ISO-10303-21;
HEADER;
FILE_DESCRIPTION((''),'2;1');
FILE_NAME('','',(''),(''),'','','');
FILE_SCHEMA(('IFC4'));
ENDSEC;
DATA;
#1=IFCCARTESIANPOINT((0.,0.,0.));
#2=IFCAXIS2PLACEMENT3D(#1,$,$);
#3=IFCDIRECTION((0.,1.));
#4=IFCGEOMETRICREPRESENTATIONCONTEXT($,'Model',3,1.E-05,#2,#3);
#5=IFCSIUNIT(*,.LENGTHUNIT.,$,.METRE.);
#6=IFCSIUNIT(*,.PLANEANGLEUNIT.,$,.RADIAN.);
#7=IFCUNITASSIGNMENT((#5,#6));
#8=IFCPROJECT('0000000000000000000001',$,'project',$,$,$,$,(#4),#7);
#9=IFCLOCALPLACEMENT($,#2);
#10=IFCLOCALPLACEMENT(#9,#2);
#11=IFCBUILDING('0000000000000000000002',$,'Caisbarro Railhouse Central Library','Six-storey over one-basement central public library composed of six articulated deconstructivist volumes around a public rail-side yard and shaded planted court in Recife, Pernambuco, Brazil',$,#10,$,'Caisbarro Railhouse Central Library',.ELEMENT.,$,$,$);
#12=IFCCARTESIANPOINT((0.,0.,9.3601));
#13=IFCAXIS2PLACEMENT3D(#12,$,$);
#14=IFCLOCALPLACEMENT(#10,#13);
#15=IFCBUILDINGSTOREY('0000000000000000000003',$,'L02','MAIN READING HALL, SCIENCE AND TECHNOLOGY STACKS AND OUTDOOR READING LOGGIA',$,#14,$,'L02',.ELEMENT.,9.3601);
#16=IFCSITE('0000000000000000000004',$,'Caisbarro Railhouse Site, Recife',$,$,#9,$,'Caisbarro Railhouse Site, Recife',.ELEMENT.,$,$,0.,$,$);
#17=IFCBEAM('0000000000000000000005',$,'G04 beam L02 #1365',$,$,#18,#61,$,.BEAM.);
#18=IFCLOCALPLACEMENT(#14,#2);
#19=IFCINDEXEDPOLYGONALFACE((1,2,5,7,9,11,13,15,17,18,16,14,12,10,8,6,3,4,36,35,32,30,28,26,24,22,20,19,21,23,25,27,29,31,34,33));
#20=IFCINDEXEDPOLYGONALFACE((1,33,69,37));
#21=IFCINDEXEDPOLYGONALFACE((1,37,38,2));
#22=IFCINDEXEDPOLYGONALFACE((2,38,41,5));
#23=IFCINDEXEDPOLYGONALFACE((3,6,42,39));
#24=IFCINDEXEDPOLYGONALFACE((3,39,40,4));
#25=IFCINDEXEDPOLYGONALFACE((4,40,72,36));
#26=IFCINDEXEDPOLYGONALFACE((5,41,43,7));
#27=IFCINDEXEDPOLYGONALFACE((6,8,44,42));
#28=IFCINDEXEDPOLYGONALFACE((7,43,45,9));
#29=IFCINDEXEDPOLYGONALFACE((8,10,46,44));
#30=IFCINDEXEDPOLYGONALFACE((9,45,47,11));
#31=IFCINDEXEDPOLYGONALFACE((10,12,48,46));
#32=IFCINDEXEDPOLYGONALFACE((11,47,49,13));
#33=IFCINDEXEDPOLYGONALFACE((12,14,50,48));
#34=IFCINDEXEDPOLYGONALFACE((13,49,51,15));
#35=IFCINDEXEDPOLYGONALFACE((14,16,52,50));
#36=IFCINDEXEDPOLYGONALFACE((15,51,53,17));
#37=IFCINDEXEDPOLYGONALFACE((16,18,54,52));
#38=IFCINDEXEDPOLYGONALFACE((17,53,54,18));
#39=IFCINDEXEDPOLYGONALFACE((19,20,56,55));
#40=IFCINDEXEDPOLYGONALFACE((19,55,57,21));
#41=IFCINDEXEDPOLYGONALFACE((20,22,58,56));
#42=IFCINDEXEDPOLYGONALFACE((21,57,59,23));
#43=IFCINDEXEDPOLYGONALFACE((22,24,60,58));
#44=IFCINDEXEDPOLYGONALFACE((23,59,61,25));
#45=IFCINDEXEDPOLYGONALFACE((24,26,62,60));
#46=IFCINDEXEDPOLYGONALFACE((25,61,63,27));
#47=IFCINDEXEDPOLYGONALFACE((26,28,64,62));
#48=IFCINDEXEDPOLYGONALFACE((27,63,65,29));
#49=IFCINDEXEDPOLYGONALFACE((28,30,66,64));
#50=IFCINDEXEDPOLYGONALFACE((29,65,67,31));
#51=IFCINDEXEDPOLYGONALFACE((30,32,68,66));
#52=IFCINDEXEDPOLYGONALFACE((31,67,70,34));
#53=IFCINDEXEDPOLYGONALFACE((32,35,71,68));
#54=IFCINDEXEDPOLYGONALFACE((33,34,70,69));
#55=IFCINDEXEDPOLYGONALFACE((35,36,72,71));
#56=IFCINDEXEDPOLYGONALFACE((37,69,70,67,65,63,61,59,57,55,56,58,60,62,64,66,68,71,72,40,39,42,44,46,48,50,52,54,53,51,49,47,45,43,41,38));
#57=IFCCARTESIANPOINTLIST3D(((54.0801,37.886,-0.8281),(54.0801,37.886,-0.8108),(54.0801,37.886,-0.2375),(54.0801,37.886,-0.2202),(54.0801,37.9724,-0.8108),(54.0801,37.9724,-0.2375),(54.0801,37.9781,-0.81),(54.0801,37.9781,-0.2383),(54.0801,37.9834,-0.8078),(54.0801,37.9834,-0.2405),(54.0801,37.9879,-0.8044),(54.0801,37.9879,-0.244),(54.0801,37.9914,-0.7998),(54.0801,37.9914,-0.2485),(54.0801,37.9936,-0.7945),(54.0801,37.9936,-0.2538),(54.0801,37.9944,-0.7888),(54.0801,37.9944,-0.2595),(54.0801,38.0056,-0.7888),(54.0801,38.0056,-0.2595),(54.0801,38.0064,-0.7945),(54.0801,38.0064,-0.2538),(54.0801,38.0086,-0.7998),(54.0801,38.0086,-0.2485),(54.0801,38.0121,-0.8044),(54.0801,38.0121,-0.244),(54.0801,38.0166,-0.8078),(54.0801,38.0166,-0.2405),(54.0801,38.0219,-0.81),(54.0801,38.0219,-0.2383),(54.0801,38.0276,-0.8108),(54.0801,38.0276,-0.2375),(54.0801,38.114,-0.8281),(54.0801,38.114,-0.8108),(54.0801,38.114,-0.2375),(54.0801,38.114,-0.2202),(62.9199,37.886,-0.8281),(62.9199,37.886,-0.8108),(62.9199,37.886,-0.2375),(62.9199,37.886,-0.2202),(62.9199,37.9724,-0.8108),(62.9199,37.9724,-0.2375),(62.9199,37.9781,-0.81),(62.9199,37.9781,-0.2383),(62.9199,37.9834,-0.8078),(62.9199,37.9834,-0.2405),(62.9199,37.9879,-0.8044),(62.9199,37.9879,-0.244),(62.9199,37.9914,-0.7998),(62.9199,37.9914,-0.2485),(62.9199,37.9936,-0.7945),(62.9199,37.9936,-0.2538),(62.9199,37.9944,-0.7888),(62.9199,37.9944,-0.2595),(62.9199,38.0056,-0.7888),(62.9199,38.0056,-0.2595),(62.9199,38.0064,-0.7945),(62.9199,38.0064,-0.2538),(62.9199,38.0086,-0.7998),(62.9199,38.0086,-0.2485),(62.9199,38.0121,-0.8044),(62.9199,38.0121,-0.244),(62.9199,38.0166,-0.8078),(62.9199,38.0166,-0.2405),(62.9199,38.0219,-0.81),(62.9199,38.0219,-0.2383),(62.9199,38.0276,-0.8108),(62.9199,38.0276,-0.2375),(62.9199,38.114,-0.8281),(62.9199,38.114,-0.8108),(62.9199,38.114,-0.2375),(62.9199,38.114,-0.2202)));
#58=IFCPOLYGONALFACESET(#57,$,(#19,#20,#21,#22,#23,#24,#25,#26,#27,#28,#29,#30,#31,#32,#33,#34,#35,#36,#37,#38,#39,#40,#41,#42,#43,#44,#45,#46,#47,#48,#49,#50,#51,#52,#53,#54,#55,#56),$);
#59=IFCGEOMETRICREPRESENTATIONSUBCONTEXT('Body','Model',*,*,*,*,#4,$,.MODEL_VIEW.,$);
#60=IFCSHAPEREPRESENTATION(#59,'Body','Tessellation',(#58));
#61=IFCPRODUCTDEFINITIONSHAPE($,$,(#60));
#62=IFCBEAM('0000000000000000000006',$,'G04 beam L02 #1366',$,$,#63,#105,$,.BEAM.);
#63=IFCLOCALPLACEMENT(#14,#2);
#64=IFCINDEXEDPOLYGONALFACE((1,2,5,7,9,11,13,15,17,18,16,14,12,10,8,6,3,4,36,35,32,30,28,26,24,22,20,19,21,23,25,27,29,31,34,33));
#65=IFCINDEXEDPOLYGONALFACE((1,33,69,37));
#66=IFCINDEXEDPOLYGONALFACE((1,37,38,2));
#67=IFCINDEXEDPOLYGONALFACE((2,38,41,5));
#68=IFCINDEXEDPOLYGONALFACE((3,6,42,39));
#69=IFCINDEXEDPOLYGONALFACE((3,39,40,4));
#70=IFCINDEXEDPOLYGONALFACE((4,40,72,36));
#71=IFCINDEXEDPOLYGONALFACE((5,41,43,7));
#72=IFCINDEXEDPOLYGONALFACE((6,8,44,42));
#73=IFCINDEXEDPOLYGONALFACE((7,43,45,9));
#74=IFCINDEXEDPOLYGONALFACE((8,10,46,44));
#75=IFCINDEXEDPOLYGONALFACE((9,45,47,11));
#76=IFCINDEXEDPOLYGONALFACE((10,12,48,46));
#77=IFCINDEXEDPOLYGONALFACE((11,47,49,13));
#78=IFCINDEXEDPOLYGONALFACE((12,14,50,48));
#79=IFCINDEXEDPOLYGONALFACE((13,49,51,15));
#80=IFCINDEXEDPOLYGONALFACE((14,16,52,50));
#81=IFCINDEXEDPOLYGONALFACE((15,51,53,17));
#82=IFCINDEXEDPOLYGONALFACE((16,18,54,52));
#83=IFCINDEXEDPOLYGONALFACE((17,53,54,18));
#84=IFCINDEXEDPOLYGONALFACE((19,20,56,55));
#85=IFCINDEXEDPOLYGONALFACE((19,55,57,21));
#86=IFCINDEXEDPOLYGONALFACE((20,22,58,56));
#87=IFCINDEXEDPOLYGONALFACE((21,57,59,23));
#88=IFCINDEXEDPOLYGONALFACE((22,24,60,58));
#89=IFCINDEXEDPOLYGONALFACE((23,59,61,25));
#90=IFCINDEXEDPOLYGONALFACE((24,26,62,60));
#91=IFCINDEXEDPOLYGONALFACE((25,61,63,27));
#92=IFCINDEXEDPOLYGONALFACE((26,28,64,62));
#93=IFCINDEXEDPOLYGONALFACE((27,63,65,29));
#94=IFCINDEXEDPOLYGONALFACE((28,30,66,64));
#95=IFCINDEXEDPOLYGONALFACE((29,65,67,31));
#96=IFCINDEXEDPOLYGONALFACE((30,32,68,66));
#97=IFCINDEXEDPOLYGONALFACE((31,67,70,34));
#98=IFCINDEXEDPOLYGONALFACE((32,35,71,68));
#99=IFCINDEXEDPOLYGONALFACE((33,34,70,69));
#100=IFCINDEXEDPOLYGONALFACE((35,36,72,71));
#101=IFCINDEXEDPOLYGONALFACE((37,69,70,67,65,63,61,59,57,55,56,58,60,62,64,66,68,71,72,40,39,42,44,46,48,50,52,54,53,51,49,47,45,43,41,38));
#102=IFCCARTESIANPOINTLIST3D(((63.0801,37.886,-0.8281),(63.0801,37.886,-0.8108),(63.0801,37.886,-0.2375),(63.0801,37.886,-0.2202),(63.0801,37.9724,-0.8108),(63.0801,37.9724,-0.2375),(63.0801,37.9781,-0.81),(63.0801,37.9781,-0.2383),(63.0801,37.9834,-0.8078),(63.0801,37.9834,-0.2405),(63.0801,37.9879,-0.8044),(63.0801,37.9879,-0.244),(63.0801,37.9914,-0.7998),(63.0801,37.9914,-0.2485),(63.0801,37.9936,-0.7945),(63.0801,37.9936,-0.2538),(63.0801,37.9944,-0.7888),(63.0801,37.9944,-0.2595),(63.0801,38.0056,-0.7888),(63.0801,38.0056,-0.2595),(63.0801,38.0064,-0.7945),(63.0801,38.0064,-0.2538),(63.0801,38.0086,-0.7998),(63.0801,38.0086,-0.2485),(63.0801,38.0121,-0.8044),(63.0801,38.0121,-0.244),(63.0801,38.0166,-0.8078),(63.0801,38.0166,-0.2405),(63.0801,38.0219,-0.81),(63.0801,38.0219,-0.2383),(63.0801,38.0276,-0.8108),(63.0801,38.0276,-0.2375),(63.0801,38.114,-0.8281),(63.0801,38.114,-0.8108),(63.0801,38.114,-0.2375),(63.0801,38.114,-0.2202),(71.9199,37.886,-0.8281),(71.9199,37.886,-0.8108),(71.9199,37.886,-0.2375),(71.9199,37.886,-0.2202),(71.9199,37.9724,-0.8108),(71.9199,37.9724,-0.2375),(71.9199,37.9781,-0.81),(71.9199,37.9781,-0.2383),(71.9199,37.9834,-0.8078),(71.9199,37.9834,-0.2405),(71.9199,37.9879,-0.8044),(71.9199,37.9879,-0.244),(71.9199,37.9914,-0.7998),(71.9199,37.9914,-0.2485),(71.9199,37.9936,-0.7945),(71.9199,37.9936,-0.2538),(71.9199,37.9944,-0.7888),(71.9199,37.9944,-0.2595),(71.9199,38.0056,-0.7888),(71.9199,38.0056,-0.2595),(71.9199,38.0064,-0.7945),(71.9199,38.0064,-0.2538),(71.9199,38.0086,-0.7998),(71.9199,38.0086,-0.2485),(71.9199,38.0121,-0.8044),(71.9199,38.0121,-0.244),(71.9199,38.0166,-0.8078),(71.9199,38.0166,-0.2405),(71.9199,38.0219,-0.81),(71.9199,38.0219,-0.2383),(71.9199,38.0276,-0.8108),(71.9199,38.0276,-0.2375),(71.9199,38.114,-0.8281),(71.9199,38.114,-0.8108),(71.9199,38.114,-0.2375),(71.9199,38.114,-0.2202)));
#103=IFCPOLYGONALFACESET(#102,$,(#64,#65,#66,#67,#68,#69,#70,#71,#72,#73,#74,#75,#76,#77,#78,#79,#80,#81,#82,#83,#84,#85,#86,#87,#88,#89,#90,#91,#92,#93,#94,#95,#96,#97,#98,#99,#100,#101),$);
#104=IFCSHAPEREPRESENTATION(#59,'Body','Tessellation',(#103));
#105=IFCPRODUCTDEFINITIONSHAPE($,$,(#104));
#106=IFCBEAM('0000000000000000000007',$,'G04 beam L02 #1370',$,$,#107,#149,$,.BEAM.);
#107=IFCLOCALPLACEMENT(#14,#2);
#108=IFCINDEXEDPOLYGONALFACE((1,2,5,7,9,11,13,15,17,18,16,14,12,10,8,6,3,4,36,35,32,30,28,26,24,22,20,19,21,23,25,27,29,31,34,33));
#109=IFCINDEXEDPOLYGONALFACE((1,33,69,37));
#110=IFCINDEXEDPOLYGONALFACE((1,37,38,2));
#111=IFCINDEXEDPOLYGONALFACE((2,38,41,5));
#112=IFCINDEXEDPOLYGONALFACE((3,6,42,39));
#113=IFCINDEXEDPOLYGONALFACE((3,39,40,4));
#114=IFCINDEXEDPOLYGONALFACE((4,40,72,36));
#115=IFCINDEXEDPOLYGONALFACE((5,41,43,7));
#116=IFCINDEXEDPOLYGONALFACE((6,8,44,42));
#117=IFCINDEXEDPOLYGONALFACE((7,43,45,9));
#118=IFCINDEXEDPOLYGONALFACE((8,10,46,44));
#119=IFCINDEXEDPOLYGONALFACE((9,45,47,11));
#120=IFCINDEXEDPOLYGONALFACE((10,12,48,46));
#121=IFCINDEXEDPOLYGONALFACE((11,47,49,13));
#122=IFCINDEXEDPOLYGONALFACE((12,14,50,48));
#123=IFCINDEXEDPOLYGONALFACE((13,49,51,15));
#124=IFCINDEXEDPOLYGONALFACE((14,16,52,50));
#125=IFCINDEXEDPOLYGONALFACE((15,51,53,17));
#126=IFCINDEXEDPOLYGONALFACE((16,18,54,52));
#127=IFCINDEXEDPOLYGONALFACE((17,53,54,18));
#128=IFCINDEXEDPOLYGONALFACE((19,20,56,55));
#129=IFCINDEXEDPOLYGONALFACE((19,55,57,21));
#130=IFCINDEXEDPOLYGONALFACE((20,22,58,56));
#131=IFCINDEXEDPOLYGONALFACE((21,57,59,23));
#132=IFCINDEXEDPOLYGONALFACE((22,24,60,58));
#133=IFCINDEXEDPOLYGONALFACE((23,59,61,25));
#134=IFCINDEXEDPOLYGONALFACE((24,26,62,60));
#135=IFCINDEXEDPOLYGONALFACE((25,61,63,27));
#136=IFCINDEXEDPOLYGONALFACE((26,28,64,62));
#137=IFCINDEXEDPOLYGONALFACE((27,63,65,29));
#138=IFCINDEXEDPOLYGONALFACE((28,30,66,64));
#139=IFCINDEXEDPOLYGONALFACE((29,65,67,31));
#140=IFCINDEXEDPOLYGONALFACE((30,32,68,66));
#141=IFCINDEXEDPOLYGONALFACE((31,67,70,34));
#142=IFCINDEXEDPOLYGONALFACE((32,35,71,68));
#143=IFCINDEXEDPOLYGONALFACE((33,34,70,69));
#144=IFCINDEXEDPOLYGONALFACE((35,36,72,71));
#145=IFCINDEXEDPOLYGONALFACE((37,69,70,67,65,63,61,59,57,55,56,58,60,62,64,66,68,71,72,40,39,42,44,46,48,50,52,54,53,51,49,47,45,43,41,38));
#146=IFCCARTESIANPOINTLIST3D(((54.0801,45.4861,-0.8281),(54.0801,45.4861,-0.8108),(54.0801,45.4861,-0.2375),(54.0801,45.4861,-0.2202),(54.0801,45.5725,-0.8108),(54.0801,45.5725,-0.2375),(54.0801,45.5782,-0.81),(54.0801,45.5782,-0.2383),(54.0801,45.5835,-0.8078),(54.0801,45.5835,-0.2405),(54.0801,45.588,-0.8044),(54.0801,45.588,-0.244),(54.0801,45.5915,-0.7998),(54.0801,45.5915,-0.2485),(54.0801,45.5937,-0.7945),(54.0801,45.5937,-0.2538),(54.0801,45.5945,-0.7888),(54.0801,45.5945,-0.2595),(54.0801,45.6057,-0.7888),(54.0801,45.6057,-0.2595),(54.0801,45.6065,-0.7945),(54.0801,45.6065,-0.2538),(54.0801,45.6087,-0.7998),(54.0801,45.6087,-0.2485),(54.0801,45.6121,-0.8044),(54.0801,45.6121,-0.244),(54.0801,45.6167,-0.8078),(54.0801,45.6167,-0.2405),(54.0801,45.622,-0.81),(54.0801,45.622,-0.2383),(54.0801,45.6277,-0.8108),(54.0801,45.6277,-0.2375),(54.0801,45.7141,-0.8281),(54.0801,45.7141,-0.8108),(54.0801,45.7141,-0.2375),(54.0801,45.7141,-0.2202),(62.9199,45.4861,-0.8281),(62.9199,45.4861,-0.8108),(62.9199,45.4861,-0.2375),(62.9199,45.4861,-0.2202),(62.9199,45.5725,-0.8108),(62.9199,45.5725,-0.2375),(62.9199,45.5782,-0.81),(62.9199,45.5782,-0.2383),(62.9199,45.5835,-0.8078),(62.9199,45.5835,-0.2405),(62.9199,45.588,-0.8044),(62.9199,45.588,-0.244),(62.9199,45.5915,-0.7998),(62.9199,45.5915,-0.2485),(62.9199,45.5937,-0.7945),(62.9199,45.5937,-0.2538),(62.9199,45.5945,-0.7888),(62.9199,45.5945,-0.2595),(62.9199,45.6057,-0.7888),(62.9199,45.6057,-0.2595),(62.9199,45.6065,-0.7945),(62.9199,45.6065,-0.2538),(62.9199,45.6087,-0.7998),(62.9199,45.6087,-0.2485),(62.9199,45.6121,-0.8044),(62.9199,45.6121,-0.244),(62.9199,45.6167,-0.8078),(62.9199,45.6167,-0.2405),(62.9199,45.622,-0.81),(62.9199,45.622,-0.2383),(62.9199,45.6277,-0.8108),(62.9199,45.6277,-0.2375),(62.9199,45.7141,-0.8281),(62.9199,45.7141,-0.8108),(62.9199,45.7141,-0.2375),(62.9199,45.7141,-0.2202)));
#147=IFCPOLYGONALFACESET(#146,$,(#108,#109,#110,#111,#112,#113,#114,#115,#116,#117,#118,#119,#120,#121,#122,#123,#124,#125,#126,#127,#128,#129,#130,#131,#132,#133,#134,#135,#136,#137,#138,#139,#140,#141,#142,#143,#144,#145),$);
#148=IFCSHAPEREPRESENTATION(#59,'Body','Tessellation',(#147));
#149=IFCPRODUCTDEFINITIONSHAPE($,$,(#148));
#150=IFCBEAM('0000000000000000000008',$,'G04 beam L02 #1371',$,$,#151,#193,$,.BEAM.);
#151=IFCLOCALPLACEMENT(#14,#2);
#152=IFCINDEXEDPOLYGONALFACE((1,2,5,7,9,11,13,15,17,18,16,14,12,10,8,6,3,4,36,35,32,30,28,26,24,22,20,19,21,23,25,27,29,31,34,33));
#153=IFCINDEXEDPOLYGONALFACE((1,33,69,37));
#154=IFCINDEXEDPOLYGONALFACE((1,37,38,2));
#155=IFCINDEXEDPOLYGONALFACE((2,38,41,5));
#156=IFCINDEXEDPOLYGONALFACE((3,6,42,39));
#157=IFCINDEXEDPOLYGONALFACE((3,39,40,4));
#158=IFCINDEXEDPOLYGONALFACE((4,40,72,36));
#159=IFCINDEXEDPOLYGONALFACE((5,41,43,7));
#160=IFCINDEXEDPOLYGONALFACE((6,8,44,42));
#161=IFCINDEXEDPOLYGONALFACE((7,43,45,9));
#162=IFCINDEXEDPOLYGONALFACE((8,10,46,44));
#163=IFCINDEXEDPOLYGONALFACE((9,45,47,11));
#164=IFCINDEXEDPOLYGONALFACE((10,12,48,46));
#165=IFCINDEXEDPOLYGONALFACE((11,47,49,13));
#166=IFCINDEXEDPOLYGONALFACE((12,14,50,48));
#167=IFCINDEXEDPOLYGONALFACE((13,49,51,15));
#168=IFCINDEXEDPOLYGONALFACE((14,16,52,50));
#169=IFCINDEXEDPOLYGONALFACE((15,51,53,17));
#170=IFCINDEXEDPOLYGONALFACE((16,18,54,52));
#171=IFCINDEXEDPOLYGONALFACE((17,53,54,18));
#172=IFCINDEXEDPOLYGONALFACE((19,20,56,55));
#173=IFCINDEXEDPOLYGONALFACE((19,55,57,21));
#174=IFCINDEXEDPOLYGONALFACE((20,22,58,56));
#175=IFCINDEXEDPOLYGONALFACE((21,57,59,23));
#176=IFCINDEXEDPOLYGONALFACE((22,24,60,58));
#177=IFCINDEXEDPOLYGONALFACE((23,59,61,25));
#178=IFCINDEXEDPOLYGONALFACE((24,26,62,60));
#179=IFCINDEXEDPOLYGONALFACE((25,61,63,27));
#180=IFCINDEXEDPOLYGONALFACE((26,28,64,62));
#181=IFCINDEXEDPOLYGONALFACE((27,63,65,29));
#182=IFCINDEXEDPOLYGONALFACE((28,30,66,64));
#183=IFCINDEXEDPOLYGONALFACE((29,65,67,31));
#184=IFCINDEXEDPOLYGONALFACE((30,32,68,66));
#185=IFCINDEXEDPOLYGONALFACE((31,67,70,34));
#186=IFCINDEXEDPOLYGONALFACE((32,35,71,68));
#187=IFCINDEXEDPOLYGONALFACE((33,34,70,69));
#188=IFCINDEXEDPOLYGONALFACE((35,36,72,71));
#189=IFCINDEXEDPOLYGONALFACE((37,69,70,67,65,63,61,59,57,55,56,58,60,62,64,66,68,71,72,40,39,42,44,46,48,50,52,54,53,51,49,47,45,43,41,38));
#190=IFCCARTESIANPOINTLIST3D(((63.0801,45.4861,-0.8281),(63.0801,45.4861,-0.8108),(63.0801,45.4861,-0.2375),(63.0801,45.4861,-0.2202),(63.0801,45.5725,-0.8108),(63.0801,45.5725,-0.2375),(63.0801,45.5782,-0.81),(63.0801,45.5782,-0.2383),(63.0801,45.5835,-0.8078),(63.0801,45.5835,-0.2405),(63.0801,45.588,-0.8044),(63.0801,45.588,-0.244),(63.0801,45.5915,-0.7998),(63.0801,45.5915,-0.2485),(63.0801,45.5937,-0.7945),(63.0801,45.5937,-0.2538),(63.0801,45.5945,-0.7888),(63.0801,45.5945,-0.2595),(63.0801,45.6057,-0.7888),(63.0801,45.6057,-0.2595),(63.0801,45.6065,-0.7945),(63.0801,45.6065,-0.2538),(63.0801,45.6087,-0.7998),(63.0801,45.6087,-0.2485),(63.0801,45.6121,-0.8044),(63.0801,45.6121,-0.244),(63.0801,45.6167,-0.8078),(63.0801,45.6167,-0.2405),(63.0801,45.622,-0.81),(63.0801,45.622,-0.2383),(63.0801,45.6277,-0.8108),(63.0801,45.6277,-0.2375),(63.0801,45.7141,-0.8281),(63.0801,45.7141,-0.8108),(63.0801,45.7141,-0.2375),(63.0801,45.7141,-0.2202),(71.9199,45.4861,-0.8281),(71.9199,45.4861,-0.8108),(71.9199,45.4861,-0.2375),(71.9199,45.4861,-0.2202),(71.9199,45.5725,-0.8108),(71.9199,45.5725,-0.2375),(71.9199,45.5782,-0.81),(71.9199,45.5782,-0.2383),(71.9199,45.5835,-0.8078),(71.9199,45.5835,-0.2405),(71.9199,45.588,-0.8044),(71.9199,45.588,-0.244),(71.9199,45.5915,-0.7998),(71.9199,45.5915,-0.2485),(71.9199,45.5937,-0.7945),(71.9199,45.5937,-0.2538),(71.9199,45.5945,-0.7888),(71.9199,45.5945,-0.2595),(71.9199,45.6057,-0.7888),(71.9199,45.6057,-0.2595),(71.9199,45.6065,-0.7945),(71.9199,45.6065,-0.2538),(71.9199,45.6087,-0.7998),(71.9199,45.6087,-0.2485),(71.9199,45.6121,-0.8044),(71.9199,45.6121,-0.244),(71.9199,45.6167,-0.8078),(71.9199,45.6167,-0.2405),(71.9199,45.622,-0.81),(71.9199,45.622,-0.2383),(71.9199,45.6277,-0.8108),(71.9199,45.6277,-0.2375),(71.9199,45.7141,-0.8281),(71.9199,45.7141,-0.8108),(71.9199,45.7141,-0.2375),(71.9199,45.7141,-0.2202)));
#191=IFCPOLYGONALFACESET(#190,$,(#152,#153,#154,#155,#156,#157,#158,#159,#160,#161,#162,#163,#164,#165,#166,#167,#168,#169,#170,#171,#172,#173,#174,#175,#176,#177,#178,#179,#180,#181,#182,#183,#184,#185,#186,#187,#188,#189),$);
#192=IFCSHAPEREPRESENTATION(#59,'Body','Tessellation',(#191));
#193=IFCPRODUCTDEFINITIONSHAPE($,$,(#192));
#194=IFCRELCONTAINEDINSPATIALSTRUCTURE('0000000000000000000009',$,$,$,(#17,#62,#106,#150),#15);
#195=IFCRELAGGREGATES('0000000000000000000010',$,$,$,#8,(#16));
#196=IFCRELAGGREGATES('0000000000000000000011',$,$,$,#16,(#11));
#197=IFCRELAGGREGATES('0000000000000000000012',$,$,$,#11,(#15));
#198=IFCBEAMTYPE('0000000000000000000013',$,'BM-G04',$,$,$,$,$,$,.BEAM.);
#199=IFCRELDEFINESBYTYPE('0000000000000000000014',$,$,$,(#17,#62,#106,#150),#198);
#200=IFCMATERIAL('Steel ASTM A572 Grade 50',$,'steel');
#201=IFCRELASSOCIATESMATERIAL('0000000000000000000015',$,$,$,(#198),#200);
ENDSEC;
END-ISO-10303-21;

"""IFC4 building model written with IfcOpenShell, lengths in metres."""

from ifc_helpers import new_model, si_unit, direction, frame, origin, origin_2d, place, context, subcontext, project, spatial, i_section, extrude, material, material_profile, profile_set, type_object, element, save


model = new_model("IFC4")

# Units and contexts
model_context = context("Model", 3, precision=1e-05, world=origin(), true_north=direction((0.0, 1.0)))
body_context = subcontext(model_context, "Body", "Model", "MODEL_VIEW")
ifc_project = project(units=[si_unit("LENGTHUNIT", "METRE"), si_unit("PLANEANGLEUNIT", "RADIAN")], contexts=[model_context])

# Site, building, storey
site_placement = place(None, origin())
site = spatial("IfcSite", under=ifc_project, at=site_placement, Name="Caisbarro Railhouse Site, Recife", LongName="Caisbarro Railhouse Site, Recife", CompositionType="ELEMENT", RefElevation=0.0)
building_placement = place(site_placement, origin())
building = spatial("IfcBuilding", under=site, at=building_placement, Name="Caisbarro Railhouse Central Library", Description="Six-storey over one-basement central public library composed of six articulated deconstructivist volumes around a public rail-side yard and shaded planted court in Recife, Pernambuco, Brazil", LongName="Caisbarro Railhouse Central Library", CompositionType="ELEMENT")
storey_placement = place(building_placement, frame((0.0, 0.0, 9.3601)))
storey = spatial("IfcBuildingStorey", under=building, at=storey_placement, Name="L02", Description="MAIN READING HALL, SCIENCE AND TECHNOLOGY STACKS AND OUTDOOR READING LOGGIA", LongName="L02", CompositionType="ELEMENT", Elevation=9.3601)

# Beams
ifc_material_1 = material(Name="Steel ASTM A572 Grade 50", Category="steel")
ifc_material_profile_1 = material_profile(ifc_material_1, i_section(OverallWidth=0.228, OverallDepth=0.6079, WebThickness=0.0112, FlangeThickness=0.0173, FilletRadius=0.022, at=origin_2d()), Name="W610X113.0")
ifc_profile_set_1 = profile_set([ifc_material_profile_1], Name="Steel ASTM A572 Grade 50")
beam_type_1 = type_object("IfcBeamType", Name="BM-G04", PredefinedType="BEAM", material=ifc_profile_set_1)
for number, where, z_axis, x_axis, name in (
    (1, (54.0801, 38.0, -0.5242), (1.0, 0.0, 0.0), (0.0, 1.0, 0.0), "G04 beam L02 #1365"),
    (2, (63.0801, 38.0, -0.5242), (1.0, 0.0, 0.0), (0.0, 1.0, 0.0), "G04 beam L02 #1366"),
    (3, (54.0801, 45.6001, -0.5242), (1.0, 0.0, 0.0), (0.0, 1.0, 0.0), "G04 beam L02 #1370"),
    (4, (63.0801, 45.6001, -0.5242), (1.0, 0.0, 0.0), (0.0, 1.0, 0.0), "G04 beam L02 #1371"),
):
    element("IfcBeam", number, at=place(storey_placement, frame(where, z_axis=z_axis, x_axis=x_axis)), inside=storey, type_object=beam_type_1, Name=name, PredefinedType="BEAM", context=body_context, shape_type="SweptSolid", body=[
        extrude(i_section(OverallWidth=0.228, OverallDepth=0.6079, WebThickness=0.0112, FlangeThickness=0.0173, FilletRadius=0.022, at=origin_2d()), origin(), (0.0, 0.0, 1.0), 8.8398),
    ])

save(model, "model.ifc")
